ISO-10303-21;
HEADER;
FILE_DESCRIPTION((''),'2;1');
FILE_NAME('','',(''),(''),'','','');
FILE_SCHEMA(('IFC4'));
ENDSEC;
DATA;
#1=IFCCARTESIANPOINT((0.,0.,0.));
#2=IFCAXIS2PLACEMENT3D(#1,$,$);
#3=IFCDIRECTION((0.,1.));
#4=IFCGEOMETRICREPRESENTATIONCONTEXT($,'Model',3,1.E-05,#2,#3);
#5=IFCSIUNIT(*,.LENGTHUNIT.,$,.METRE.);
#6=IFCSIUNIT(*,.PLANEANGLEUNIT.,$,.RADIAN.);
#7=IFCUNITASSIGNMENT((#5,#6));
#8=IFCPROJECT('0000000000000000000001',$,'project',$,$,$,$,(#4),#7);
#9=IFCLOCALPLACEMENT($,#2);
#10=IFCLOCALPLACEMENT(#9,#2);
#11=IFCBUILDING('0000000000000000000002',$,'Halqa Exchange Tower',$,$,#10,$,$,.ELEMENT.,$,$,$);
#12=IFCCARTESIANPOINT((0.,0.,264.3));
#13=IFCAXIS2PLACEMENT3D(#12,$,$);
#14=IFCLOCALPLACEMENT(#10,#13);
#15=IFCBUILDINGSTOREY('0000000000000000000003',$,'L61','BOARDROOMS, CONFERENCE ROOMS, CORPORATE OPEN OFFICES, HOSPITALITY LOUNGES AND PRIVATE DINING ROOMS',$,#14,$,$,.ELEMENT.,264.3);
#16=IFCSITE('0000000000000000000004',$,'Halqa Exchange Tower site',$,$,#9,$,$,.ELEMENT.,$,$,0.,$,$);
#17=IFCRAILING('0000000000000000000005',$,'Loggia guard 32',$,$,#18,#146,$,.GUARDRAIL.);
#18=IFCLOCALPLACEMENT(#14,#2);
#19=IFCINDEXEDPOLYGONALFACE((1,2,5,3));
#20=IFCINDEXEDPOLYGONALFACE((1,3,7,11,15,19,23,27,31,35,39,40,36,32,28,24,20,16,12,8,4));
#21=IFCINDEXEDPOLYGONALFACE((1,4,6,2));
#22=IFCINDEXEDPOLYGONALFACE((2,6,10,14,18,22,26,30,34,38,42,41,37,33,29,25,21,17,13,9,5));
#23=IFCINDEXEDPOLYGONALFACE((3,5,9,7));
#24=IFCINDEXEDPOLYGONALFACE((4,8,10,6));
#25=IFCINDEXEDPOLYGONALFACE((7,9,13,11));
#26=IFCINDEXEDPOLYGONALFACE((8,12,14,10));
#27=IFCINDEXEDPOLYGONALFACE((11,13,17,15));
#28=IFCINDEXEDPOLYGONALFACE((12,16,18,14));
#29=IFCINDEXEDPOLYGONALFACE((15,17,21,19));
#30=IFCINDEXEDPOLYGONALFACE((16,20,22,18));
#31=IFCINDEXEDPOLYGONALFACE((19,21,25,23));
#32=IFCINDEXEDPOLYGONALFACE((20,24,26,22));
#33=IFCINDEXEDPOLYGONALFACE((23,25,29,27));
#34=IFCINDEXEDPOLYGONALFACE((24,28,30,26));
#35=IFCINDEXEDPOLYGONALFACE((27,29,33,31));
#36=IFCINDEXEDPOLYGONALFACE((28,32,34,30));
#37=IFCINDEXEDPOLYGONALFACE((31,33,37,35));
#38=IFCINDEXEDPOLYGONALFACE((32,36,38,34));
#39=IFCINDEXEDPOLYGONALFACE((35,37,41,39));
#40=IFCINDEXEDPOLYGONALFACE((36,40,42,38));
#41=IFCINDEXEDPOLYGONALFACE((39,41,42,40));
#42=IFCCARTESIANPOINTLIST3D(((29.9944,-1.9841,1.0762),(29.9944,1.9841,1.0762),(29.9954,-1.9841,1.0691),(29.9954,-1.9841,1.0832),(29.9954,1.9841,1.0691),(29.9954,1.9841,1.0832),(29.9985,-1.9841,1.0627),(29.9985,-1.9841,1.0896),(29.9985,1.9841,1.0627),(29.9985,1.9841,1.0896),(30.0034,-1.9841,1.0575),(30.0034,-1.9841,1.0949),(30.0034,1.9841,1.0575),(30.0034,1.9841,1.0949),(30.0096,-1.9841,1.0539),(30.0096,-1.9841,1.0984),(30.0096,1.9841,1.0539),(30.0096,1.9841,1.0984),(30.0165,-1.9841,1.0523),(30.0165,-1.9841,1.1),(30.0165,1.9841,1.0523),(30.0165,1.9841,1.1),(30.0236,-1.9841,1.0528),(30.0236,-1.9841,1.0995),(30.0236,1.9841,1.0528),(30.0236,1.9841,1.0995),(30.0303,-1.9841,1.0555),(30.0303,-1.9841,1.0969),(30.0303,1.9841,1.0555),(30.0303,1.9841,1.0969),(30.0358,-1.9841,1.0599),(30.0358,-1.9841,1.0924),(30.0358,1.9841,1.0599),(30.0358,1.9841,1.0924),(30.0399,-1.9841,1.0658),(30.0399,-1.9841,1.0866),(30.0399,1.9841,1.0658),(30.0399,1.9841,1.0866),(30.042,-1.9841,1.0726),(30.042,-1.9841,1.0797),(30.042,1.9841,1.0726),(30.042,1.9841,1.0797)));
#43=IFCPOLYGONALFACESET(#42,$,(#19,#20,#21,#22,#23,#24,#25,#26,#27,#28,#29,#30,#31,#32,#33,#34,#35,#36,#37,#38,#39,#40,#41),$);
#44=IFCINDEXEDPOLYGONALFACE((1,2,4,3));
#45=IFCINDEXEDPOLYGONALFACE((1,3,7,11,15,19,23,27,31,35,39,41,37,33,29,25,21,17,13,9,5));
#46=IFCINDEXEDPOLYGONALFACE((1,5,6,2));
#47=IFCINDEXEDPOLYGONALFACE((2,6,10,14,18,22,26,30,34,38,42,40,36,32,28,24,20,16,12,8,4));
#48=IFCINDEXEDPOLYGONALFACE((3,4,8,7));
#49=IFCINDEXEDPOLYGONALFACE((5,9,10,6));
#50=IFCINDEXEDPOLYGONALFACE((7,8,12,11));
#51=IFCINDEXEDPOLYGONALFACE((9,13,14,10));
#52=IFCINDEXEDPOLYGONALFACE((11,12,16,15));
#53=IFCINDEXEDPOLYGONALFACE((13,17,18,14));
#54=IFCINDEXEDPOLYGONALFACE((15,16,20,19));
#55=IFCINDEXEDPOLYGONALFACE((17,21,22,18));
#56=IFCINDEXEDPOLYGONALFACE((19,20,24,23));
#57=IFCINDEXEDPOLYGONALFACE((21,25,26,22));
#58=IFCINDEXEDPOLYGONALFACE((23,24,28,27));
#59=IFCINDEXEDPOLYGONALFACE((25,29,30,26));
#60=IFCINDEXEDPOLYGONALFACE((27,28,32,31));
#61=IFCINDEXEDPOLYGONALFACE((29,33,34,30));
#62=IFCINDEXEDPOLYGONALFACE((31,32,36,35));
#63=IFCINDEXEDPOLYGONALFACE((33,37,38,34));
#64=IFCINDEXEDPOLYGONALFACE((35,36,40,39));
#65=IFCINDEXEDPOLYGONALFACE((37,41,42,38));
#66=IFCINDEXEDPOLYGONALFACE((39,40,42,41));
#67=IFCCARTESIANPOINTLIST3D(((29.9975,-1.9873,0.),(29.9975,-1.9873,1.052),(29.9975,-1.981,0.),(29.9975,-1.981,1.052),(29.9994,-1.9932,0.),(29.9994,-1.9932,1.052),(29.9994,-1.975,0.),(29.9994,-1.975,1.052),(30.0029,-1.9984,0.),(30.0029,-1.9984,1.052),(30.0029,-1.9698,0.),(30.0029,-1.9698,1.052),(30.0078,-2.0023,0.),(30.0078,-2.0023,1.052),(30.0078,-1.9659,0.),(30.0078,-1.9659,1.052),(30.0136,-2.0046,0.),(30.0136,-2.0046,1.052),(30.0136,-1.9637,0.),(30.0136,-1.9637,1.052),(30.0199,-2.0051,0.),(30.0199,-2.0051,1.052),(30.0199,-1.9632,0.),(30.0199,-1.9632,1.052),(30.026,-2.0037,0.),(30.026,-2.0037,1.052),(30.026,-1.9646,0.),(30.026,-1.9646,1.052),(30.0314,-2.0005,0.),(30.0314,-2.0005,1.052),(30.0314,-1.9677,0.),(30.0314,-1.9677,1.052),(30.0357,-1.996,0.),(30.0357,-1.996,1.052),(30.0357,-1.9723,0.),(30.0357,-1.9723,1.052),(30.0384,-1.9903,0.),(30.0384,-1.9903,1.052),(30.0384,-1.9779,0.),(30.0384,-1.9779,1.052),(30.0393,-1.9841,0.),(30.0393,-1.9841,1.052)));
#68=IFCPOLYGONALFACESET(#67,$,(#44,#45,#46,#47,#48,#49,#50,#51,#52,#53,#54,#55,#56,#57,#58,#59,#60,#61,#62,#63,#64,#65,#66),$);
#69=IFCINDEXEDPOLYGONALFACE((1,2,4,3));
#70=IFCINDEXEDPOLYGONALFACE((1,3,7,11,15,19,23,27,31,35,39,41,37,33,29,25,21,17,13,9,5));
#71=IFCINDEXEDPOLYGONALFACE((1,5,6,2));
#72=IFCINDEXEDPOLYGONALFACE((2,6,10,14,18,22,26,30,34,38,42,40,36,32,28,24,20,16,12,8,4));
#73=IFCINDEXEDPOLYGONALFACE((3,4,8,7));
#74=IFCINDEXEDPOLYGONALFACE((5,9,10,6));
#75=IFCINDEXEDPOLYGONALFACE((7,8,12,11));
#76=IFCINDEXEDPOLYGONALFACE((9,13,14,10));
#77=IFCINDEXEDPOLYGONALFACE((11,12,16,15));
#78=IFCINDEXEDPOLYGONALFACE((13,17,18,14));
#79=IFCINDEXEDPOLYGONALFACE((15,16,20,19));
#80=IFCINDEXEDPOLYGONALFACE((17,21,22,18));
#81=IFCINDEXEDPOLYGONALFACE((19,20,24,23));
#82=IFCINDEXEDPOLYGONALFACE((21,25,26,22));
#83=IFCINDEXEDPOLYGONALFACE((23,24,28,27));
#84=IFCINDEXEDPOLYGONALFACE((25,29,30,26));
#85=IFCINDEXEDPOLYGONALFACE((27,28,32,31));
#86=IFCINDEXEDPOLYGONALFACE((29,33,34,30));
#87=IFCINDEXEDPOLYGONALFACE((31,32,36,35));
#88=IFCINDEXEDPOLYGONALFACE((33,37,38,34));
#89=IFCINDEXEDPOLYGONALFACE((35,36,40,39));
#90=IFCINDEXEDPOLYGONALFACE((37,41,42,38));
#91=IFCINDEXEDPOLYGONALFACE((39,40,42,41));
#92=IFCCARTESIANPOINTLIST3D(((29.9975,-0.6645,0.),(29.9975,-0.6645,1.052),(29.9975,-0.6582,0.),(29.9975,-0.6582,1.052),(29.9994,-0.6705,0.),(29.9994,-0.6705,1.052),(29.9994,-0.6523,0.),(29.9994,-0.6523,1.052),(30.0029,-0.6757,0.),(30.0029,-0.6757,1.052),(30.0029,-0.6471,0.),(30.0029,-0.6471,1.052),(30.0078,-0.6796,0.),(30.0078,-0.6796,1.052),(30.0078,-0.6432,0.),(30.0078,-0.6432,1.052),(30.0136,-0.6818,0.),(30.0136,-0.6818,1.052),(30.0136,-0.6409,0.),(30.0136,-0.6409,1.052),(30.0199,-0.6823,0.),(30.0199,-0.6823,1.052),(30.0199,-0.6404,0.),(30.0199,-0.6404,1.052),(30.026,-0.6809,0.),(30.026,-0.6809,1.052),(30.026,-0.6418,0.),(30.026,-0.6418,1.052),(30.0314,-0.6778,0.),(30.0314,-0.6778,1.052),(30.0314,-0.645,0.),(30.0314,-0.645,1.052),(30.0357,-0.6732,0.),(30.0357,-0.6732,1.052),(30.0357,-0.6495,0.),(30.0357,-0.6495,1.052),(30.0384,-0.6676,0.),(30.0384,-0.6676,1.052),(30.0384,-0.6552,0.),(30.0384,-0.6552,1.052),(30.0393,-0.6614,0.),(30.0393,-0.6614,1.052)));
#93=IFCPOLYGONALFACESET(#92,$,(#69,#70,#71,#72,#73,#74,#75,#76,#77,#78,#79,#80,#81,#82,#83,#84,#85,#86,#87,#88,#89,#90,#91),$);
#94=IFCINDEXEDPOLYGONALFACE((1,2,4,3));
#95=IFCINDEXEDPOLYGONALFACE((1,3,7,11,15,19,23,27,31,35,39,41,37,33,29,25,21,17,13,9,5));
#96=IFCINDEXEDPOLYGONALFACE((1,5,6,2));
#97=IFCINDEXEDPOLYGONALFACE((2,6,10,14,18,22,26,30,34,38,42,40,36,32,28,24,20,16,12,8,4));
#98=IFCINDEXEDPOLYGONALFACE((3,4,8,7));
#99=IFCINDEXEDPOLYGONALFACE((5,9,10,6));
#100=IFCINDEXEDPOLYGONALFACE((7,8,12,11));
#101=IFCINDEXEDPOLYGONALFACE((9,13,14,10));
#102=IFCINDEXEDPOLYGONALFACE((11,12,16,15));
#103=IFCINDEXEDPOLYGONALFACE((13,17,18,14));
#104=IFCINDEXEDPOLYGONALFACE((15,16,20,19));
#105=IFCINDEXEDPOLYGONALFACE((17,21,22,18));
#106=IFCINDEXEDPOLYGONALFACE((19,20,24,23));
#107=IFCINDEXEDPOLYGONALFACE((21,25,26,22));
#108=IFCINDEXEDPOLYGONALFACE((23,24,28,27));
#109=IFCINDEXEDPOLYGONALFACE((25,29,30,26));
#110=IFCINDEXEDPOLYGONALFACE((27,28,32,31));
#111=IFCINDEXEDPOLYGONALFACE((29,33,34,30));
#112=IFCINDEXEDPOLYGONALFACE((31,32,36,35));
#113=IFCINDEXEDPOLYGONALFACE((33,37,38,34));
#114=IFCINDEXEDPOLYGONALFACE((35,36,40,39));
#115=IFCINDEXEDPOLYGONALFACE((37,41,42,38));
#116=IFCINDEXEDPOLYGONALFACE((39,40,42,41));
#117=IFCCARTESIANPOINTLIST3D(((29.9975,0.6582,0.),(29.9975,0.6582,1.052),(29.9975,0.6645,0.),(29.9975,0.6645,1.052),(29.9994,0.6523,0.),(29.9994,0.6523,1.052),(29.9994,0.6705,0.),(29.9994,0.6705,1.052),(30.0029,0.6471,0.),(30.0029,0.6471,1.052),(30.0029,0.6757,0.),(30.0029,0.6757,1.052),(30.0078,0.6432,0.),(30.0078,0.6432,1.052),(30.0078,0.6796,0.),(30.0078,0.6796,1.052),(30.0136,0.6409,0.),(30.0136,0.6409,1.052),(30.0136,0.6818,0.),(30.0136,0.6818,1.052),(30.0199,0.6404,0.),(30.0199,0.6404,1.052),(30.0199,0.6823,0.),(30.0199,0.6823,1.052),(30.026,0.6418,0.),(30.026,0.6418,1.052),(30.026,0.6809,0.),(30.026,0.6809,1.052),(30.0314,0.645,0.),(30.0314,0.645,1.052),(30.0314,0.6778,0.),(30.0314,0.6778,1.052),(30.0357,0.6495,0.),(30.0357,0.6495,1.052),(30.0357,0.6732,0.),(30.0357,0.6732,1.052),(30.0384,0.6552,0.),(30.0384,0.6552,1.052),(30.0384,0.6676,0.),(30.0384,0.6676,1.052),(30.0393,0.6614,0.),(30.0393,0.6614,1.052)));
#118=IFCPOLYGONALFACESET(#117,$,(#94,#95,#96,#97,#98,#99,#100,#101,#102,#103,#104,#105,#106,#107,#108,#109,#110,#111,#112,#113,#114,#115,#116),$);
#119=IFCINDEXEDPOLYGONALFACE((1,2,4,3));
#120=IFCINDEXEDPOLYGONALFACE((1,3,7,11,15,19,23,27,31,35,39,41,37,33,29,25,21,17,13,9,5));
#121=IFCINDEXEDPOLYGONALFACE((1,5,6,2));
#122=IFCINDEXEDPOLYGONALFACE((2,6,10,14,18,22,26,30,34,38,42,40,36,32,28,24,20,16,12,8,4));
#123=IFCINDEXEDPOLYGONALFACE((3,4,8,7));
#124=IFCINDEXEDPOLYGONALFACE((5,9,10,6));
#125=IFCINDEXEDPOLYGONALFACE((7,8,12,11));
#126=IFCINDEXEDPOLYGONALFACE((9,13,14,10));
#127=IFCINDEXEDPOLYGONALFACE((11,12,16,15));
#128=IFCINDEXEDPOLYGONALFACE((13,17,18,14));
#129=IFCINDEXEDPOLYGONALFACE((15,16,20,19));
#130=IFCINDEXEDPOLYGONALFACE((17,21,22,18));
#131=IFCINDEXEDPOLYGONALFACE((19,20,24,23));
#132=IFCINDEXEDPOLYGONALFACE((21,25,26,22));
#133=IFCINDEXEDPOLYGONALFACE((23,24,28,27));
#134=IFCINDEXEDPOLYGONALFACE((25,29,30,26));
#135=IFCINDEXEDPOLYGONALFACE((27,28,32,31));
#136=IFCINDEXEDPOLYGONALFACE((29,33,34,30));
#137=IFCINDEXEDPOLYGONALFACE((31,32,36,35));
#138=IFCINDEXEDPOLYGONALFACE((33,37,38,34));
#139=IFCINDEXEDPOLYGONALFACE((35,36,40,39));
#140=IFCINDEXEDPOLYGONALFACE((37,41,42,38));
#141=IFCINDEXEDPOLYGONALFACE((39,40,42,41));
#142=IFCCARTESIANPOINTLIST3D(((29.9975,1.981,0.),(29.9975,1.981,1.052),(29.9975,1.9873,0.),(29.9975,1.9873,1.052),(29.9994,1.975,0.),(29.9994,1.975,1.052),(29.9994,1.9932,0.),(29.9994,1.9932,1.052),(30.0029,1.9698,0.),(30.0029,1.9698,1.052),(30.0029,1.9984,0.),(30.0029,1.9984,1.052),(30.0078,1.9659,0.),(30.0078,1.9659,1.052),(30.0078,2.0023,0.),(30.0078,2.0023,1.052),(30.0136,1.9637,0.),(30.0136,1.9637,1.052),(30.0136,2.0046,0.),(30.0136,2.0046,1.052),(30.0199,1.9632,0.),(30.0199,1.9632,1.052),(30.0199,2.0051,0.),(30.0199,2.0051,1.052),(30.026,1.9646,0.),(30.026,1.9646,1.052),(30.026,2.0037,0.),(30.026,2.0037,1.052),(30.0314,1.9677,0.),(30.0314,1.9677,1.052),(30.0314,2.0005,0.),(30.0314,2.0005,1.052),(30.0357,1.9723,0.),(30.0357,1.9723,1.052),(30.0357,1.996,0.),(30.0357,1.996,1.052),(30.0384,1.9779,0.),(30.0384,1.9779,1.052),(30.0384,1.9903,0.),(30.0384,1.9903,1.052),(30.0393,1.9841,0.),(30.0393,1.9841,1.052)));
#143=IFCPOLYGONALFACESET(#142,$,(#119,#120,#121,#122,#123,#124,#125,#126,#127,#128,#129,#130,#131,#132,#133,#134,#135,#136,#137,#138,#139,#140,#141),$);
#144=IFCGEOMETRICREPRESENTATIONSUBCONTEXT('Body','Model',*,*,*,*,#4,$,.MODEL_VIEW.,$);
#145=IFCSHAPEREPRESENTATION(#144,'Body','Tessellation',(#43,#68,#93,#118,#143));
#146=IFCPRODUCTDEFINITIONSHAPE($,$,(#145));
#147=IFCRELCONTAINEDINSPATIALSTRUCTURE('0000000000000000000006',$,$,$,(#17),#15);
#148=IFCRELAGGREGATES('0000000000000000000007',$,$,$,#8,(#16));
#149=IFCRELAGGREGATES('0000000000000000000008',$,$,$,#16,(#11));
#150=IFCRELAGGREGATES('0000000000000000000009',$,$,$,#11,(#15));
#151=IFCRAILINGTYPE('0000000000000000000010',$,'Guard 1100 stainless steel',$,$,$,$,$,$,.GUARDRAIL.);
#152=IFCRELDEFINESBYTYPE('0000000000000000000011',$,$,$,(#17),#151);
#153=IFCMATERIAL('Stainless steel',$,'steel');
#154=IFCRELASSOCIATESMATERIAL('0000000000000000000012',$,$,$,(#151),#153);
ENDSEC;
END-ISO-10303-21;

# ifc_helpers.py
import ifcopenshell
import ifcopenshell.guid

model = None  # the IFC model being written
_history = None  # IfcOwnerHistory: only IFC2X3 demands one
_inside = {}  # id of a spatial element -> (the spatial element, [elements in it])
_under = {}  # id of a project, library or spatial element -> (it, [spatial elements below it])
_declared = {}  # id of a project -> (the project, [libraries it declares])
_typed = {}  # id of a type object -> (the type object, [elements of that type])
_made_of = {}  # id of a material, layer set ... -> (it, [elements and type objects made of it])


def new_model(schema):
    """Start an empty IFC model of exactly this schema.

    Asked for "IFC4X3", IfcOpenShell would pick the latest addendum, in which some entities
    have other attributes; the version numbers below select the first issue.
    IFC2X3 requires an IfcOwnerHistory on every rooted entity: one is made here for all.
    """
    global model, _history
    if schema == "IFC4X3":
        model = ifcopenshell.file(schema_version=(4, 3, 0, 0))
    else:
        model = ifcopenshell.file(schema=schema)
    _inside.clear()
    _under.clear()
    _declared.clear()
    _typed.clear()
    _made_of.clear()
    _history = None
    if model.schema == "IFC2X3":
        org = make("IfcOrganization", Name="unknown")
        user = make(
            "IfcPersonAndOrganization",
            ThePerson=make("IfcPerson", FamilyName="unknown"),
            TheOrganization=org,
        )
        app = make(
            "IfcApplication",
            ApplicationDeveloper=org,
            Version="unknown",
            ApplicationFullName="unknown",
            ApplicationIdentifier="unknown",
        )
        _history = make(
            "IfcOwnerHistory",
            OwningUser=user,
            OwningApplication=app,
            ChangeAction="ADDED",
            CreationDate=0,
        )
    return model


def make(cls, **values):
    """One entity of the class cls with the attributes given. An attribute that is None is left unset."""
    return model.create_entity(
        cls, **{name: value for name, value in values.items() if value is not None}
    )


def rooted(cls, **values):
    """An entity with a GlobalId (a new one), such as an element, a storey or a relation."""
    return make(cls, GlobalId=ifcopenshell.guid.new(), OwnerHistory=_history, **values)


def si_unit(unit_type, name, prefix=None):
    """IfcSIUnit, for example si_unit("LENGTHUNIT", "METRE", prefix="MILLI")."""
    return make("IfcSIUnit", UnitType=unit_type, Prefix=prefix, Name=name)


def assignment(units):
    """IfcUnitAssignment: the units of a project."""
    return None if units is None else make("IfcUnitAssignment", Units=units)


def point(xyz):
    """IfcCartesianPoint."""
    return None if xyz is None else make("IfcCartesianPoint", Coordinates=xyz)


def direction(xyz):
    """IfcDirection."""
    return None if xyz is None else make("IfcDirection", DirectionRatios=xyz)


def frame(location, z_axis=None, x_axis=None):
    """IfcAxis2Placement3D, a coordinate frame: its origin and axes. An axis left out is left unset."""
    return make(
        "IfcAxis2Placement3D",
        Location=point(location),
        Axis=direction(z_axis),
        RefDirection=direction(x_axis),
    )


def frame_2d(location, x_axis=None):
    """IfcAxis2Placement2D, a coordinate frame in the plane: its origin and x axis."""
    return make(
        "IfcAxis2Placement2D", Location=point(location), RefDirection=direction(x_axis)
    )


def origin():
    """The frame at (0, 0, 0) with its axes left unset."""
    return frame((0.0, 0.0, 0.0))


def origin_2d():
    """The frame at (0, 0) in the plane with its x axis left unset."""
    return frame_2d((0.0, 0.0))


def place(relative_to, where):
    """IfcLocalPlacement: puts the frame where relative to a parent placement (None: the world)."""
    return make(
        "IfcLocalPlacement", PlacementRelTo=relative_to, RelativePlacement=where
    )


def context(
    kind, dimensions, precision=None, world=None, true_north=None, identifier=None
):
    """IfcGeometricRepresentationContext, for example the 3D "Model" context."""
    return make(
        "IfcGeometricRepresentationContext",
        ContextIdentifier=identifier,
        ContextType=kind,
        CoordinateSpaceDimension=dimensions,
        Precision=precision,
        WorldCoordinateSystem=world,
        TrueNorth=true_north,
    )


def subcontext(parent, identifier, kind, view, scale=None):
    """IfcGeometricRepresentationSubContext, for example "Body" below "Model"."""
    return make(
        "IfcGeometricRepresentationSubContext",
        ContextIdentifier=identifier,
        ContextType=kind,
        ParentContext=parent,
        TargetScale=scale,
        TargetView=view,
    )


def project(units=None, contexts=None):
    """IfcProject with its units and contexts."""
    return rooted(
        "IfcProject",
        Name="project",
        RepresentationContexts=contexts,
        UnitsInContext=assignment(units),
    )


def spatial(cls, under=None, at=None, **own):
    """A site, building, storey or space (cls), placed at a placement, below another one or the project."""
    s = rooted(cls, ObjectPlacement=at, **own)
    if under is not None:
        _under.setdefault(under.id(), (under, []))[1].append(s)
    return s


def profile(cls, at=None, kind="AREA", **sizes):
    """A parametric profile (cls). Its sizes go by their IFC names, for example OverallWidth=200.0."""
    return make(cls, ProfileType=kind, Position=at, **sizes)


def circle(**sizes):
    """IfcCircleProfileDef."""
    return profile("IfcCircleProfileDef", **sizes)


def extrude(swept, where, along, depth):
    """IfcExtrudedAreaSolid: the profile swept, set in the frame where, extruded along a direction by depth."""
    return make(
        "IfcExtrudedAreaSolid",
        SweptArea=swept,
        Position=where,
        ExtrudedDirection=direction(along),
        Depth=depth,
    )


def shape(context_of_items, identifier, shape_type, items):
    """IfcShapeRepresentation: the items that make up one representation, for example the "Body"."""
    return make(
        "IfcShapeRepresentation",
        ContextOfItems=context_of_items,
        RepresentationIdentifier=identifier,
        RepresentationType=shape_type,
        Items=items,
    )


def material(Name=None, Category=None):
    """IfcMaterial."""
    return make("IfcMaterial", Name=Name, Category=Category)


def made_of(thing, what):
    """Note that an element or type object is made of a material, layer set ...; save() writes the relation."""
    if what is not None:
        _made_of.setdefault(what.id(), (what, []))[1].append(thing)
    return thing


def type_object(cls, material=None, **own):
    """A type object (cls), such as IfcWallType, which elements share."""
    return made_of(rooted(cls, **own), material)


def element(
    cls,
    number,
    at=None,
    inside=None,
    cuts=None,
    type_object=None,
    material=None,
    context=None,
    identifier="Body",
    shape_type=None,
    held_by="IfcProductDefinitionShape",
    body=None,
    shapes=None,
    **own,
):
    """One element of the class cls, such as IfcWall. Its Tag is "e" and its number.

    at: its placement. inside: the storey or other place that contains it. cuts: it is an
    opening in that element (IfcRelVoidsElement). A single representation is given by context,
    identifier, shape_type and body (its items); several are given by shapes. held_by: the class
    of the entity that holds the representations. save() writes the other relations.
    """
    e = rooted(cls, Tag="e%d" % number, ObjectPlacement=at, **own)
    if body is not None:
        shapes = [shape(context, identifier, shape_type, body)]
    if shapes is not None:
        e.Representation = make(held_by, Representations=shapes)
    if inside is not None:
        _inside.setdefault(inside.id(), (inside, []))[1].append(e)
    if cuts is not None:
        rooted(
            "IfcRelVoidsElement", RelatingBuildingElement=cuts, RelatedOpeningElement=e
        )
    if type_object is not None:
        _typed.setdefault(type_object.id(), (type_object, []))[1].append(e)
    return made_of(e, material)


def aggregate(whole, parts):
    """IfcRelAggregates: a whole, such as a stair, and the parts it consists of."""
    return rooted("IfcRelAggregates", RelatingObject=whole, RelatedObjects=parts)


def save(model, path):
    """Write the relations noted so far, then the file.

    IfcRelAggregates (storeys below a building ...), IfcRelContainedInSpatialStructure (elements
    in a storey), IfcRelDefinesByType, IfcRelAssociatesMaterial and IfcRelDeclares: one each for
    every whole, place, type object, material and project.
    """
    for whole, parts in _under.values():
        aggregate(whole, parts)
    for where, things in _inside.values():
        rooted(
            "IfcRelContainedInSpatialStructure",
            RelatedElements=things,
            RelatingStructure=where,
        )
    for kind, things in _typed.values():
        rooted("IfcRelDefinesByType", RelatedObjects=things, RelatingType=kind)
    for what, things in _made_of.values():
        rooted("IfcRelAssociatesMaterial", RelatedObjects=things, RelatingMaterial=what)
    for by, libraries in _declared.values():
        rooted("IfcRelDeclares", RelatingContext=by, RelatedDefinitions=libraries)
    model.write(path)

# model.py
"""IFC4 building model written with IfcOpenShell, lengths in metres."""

from ifc_helpers import new_model, si_unit, direction, frame, origin, origin_2d, place, context, subcontext, project, spatial, circle, extrude, material, type_object, element, save


model = new_model("IFC4")

# Units and contexts
model_context = context("Model", 3, precision=1e-05, world=origin(), true_north=direction((0.0, 1.0)))
body_context = subcontext(model_context, "Body", "Model", "MODEL_VIEW")
ifc_project = project(units=[si_unit("LENGTHUNIT", "METRE"), si_unit("PLANEANGLEUNIT", "RADIAN")], contexts=[model_context])

# Site, building, storey
site_placement = place(None, origin())
site = spatial("IfcSite", under=ifc_project, at=site_placement, Name="Halqa Exchange Tower site", CompositionType="ELEMENT", RefElevation=0.0)
building_placement = place(site_placement, origin())
building = spatial("IfcBuilding", under=site, at=building_placement, Name="Halqa Exchange Tower", CompositionType="ELEMENT")
storey_placement = place(building_placement, frame((0.0, 0.0, 264.3)))
storey = spatial("IfcBuildingStorey", under=building, at=storey_placement, Name="L61", Description="BOARDROOMS, CONFERENCE ROOMS, CORPORATE OPEN OFFICES, HOSPITALITY LOUNGES AND PRIVATE DINING ROOMS", CompositionType="ELEMENT", Elevation=264.3)

# Railing
ifc_material_1 = material(Name="Stainless steel", Category="steel")
railing_type = type_object("IfcRailingType", Name="Guard 1100 stainless steel", PredefinedType="GUARDRAIL", material=ifc_material_1)
railing_1_placement = place(storey_placement, frame((30.0183, -1.9841, 0.0)))
element("IfcRailing", 1, at=railing_1_placement, inside=storey, type_object=railing_type, Name="Loggia guard 32", PredefinedType="GUARDRAIL", context=body_context, shape_type="SweptSolid", body=[
    extrude(circle(Radius=0.0239, at=origin_2d()), frame((0.0, 0.0, 1.0762), z_axis=(0.0, 1.0, 0.0), x_axis=(-1.0, 0.0, 0.0)), (0.0, 0.0, 1.0), 3.9683),
    extrude(circle(Radius=0.021, at=origin_2d()), origin(), (0.0, 0.0, 1.0), 1.052),
    extrude(circle(Radius=0.021, at=origin_2d()), frame((0.0, 1.3228, 0.0)), (0.0, 0.0, 1.0), 1.052),
    extrude(circle(Radius=0.021, at=origin_2d()), frame((0.0, 2.6455, 0.0)), (0.0, 0.0, 1.0), 1.052),
    extrude(circle(Radius=0.021, at=origin_2d()), frame((0.0, 3.9683, 0.0)), (0.0, 0.0, 1.0), 1.052),
])

save(model, "model.ifc")
